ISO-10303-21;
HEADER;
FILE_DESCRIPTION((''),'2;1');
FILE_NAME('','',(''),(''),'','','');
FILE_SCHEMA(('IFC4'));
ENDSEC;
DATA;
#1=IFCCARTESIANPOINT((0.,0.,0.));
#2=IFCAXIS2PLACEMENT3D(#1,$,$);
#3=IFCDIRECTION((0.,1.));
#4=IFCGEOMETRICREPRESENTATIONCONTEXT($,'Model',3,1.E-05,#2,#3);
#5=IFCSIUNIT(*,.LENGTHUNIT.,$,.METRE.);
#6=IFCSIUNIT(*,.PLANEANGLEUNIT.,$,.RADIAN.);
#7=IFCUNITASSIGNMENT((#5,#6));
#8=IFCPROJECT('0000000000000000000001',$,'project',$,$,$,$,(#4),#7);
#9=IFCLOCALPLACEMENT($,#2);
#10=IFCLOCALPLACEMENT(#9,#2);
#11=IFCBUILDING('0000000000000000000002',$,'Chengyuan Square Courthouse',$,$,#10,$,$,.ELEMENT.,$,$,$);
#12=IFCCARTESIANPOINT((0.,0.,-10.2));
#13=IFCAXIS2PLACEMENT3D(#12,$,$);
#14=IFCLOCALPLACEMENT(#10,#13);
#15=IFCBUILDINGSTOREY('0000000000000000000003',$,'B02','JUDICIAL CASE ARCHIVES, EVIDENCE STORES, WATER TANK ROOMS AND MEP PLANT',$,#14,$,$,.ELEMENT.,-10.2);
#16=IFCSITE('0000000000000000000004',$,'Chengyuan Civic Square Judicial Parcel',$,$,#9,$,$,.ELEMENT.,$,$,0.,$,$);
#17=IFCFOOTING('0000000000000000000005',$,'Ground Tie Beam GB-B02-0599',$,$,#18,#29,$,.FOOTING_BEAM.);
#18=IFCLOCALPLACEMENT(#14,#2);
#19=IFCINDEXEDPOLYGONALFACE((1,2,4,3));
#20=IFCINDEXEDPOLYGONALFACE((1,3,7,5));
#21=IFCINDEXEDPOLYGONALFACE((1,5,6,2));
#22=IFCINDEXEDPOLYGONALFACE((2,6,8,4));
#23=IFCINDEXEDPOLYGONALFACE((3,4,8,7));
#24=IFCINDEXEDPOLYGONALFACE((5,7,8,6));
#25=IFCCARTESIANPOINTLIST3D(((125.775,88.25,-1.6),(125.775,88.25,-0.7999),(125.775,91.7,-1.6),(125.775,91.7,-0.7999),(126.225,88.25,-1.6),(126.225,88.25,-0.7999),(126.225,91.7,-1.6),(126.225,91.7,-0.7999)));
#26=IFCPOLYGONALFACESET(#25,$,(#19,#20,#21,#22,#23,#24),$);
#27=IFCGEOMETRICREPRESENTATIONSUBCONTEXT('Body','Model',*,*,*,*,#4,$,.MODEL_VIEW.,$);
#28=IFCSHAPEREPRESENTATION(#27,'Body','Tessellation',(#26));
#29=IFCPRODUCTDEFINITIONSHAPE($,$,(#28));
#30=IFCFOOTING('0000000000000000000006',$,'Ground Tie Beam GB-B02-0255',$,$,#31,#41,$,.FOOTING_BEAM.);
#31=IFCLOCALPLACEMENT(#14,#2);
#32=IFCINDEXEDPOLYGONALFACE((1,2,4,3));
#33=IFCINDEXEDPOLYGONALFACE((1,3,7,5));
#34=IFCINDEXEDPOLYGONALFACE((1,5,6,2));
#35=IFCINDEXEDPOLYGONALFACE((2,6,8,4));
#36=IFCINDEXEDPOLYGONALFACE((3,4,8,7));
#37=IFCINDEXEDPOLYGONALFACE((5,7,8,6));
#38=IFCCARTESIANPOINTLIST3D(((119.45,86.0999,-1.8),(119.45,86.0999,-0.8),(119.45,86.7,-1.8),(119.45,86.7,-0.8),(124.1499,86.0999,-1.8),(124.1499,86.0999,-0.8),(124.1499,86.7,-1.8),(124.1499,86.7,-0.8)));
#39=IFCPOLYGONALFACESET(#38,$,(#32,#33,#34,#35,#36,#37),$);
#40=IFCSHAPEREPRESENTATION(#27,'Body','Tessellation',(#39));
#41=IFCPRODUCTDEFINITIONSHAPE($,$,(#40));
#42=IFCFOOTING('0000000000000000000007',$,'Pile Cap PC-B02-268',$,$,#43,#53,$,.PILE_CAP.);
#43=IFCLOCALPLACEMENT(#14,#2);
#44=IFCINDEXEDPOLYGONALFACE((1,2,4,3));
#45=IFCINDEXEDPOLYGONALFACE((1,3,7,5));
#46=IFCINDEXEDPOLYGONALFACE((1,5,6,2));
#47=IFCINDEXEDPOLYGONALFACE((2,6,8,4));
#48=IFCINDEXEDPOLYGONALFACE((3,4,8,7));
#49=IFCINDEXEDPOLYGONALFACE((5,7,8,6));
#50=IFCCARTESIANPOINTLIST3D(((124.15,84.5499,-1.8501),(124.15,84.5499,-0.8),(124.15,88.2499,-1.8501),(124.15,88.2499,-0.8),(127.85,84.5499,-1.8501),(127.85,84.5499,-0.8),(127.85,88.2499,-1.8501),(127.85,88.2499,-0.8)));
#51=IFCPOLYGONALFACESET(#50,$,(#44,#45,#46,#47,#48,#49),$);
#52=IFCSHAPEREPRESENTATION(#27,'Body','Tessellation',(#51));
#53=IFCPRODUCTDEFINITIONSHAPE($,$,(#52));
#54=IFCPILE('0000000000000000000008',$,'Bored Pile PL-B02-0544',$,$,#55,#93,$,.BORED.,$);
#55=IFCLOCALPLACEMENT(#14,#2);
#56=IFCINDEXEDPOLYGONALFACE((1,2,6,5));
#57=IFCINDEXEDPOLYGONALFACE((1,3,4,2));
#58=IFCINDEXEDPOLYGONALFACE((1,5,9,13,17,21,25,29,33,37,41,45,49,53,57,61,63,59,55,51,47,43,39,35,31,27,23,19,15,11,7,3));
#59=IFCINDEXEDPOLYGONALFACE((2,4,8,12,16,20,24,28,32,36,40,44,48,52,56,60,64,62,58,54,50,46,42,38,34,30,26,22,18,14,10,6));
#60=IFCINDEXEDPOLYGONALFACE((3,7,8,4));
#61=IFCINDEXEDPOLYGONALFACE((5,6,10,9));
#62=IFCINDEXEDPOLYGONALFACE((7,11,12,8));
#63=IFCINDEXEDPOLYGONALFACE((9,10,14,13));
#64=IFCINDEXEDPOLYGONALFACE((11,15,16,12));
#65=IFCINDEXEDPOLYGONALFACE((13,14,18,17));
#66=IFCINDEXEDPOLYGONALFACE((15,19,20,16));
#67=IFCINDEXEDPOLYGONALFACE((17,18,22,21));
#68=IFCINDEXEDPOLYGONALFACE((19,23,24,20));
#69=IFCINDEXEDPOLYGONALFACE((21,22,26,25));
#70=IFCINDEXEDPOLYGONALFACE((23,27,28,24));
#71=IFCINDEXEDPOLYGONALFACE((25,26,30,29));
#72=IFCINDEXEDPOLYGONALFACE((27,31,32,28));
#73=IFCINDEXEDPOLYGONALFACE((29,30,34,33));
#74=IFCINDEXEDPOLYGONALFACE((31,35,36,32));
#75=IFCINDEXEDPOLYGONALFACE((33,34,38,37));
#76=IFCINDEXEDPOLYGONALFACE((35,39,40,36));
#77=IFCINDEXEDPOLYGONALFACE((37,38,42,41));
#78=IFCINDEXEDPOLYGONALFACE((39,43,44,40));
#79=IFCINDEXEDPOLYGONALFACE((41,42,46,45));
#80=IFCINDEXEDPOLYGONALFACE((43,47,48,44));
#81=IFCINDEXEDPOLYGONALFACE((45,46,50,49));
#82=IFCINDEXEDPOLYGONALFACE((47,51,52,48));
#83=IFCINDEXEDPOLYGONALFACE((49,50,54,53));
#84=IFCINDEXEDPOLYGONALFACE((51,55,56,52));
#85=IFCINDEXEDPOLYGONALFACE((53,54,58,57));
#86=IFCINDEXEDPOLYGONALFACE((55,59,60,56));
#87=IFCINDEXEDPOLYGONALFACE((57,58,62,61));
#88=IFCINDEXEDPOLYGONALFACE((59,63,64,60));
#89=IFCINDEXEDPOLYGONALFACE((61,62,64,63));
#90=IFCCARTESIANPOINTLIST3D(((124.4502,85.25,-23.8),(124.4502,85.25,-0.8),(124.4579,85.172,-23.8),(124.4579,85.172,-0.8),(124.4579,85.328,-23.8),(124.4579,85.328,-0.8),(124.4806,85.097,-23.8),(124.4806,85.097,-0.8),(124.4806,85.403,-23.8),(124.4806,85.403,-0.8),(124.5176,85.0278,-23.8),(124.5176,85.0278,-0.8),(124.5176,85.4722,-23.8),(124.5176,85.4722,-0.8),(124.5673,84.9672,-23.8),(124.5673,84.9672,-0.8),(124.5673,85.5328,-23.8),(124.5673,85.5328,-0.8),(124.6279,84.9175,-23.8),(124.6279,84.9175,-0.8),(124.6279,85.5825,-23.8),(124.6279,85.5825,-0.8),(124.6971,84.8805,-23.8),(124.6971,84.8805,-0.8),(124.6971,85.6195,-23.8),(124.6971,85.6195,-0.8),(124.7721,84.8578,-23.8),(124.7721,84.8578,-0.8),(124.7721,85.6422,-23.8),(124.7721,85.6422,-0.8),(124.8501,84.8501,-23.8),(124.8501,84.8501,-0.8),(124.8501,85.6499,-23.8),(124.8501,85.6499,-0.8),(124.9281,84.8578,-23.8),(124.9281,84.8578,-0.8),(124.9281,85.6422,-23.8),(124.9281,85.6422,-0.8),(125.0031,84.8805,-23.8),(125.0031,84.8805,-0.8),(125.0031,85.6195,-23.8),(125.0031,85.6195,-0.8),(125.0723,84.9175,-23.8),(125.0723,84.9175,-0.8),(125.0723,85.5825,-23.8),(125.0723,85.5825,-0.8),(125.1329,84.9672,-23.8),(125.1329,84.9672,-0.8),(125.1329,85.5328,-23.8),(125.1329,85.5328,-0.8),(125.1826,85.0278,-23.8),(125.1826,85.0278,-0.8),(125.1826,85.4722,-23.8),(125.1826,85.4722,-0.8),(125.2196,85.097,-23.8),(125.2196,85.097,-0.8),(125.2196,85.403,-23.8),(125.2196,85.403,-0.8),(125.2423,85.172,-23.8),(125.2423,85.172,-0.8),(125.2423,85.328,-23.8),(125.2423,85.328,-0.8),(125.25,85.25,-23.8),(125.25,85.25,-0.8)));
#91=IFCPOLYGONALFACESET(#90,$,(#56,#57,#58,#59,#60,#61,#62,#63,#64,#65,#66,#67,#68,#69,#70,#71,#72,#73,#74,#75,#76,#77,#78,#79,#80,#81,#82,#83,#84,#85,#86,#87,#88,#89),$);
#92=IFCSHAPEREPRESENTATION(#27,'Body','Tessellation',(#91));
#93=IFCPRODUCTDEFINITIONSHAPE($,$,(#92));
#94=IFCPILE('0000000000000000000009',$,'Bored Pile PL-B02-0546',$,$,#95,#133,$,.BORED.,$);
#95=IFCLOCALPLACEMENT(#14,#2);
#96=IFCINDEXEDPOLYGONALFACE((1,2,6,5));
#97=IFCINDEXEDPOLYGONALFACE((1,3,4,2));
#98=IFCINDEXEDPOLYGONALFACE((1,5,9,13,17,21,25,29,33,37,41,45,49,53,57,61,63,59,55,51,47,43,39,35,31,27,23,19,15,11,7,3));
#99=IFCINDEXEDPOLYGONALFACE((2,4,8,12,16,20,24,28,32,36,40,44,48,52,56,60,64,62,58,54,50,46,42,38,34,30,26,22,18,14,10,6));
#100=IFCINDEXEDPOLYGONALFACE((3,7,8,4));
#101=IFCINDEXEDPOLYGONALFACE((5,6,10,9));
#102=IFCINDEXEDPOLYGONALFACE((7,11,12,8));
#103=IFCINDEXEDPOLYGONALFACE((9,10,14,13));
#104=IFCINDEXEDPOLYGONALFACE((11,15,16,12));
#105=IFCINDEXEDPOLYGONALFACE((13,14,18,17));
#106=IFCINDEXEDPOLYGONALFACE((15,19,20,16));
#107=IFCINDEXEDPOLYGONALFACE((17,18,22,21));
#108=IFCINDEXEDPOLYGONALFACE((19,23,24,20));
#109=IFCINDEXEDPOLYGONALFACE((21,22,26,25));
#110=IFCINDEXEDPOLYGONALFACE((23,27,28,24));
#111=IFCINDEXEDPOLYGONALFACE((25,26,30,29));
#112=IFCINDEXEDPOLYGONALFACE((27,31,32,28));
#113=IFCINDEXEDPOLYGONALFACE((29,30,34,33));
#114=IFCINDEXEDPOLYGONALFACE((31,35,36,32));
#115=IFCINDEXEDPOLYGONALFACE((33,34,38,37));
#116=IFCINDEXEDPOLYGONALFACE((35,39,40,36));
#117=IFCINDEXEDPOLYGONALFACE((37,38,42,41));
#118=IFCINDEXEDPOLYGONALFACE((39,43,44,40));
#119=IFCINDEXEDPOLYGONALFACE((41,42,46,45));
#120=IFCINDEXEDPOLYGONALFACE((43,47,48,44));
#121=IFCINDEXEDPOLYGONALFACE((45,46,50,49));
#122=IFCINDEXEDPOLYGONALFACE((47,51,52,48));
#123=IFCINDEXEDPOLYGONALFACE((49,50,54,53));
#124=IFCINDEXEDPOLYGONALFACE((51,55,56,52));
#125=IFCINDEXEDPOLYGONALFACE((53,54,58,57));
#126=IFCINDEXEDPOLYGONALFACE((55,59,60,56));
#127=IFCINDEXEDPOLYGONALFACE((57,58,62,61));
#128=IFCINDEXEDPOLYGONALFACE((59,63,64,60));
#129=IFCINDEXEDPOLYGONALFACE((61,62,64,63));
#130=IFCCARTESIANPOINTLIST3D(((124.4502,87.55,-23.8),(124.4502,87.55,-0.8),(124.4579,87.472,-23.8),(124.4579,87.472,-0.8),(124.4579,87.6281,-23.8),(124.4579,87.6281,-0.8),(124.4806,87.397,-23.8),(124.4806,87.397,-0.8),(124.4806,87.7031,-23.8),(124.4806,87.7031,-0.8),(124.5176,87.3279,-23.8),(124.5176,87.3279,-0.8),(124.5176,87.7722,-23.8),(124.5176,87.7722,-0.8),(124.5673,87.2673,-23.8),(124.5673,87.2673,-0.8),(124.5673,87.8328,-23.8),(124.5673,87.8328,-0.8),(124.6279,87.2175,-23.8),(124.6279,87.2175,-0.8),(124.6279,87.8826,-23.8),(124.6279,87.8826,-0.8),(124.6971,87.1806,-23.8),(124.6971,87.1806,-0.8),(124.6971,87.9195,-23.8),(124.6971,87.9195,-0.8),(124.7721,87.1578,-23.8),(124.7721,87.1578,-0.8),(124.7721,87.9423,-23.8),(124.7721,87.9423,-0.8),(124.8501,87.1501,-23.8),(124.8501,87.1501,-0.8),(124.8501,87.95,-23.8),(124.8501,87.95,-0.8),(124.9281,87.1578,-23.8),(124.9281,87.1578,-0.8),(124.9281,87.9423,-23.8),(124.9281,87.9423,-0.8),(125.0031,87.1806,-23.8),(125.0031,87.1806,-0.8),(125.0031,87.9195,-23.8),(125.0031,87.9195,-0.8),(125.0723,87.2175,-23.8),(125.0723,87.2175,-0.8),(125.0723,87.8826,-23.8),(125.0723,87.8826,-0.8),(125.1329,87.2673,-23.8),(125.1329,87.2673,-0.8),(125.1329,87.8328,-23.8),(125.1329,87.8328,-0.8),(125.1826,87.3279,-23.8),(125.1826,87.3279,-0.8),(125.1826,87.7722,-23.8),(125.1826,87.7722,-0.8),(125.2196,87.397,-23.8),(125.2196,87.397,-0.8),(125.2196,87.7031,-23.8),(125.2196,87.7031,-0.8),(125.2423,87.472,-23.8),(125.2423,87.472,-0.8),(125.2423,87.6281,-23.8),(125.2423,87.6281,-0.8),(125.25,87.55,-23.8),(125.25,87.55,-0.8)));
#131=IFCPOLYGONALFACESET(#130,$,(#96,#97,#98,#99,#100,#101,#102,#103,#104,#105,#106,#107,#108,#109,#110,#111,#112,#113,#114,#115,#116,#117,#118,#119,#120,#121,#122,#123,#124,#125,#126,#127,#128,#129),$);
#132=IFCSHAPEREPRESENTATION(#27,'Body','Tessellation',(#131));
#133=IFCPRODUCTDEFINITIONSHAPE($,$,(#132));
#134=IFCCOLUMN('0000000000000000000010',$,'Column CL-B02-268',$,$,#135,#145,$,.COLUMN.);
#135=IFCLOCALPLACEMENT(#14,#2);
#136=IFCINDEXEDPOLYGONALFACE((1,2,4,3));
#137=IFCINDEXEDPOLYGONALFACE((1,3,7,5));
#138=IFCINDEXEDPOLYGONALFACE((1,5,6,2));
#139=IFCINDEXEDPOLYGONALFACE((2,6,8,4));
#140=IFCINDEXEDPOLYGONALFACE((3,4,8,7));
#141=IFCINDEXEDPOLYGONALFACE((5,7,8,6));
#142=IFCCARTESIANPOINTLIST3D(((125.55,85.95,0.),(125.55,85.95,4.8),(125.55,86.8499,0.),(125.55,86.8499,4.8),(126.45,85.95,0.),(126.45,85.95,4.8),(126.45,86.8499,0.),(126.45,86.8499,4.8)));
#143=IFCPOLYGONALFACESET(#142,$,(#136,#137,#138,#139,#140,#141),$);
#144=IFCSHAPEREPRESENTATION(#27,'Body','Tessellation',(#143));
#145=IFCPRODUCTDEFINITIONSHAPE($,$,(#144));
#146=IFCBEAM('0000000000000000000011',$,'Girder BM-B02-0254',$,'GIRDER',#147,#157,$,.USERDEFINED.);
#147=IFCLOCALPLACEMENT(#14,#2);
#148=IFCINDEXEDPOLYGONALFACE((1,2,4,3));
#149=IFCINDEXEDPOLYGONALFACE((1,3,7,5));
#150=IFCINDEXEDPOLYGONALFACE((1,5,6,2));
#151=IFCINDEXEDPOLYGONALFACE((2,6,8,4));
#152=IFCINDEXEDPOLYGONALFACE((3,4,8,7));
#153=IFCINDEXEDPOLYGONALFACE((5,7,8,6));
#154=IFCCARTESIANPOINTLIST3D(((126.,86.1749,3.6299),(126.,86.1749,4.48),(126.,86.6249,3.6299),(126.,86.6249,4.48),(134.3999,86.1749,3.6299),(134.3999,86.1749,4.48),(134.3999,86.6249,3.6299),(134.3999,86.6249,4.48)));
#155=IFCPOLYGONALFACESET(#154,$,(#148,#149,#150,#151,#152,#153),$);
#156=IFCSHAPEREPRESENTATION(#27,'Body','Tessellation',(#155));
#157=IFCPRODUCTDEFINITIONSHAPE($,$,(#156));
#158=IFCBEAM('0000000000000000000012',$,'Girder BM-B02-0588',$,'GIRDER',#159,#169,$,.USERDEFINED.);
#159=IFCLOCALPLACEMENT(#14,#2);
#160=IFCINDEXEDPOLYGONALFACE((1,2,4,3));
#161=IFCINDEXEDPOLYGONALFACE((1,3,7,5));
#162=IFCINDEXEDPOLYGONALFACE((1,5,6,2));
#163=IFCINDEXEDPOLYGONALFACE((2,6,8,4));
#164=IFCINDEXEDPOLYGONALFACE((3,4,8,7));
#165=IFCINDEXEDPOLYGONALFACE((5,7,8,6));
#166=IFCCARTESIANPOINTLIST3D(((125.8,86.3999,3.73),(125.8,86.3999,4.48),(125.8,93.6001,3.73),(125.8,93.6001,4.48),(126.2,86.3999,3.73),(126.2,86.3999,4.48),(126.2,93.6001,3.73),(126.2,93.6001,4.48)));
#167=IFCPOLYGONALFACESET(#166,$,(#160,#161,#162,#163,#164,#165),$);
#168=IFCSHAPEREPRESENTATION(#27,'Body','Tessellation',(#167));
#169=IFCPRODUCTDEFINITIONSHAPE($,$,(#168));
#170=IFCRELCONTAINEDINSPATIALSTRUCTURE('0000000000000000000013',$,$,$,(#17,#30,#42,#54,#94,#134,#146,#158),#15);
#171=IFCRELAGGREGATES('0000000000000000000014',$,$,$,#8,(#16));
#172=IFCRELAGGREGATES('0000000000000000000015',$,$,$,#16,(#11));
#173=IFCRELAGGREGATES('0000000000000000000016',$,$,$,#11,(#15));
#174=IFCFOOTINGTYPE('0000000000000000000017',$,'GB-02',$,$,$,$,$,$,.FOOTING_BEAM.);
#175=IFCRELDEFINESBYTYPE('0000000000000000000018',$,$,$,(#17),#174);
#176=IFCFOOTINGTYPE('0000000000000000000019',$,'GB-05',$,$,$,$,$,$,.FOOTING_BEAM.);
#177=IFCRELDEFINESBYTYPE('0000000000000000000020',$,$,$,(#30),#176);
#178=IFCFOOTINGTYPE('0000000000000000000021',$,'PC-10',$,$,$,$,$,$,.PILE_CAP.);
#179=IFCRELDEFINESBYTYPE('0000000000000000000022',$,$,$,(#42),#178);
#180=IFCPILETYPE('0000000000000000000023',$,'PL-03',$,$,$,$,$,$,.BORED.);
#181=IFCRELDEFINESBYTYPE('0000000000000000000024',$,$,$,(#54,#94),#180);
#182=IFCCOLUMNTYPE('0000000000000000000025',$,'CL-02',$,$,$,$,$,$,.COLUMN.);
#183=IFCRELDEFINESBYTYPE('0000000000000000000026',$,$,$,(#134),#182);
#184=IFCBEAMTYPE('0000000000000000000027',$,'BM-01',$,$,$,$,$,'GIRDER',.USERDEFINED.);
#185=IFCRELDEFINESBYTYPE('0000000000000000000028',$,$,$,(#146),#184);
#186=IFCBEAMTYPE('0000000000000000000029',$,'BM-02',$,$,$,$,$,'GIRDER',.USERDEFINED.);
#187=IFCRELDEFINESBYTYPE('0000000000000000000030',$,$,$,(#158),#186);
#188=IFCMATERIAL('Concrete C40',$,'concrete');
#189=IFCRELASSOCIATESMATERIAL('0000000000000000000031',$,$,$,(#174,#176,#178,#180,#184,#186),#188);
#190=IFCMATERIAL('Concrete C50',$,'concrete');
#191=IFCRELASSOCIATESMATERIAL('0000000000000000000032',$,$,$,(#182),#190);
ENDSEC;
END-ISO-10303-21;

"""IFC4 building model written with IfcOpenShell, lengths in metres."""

from ifc_helpers import new_model, si_unit, direction, frame, origin, origin_2d, place, context, subcontext, project, spatial, rectangle, circle, extrude, material, material_profile, profile_set, type_object, element, save


model = new_model("IFC4")

# Units and contexts
model_context = context("Model", 3, precision=1e-05, world=origin(), true_north=direction((0.0, 1.0)))
body_context = subcontext(model_context, "Body", "Model", "MODEL_VIEW")
ifc_project = project(units=[si_unit("LENGTHUNIT", "METRE"), si_unit("PLANEANGLEUNIT", "RADIAN")], contexts=[model_context])

# Site, building, storey
site_placement = place(None, origin())
site = spatial("IfcSite", under=ifc_project, at=site_placement, Name="Chengyuan Civic Square Judicial Parcel", CompositionType="ELEMENT", RefElevation=0.0)
building_placement = place(site_placement, origin())
building = spatial("IfcBuilding", under=site, at=building_placement, Name="Chengyuan Square Courthouse", CompositionType="ELEMENT")
storey_placement = place(building_placement, frame((0.0, 0.0, -10.2)))
storey = spatial("IfcBuildingStorey", under=building, at=storey_placement, Name="B02", Description="JUDICIAL CASE ARCHIVES, EVIDENCE STORES, WATER TANK ROOMS AND MEP PLANT", CompositionType="ELEMENT", Elevation=-10.2)

# Footings
ifc_material_1 = material(Name="Concrete C40", Category="concrete")
ifc_material_profile_1 = material_profile(ifc_material_1, rectangle(XDim=0.45, YDim=0.8, at=origin_2d()), Name="GB-450x800")
ifc_profile_set_1 = profile_set([ifc_material_profile_1], Name="Concrete C40")
footing_type_1 = type_object("IfcFootingType", Name="GB-02", PredefinedType="FOOTING_BEAM", material=ifc_profile_set_1)
footing_1_placement = place(storey_placement, frame((126.0, 88.25, -1.2), z_axis=(0.0, 1.0, 0.0), x_axis=(-1.0, 0.0, 0.0)))
element("IfcFooting", 1, at=footing_1_placement, inside=storey, type_object=footing_type_1, Name="Ground Tie Beam GB-B02-0599", PredefinedType="FOOTING_BEAM", context=body_context, shape_type="SweptSolid", body=[
    extrude(rectangle(XDim=0.45, YDim=0.8, at=origin_2d()), origin(), (0.0, 0.0, 1.0), 3.45),
])
ifc_material_profile_2 = material_profile(ifc_material_1, rectangle(XDim=0.6001, YDim=1.0, at=origin_2d()), Name="GB-600x1000")
ifc_profile_set_2 = profile_set([ifc_material_profile_2], Name="Concrete C40")
footing_type_2 = type_object("IfcFootingType", Name="GB-05", PredefinedType="FOOTING_BEAM", material=ifc_profile_set_2)
footing_2_placement = place(storey_placement, frame((119.45, 86.3999, -1.3), z_axis=(1.0, 0.0, 0.0), x_axis=(0.0, 1.0, 0.0)))
element("IfcFooting", 2, at=footing_2_placement, inside=storey, type_object=footing_type_2, Name="Ground Tie Beam GB-B02-0255", PredefinedType="FOOTING_BEAM", context=body_context, shape_type="SweptSolid", body=[
    extrude(rectangle(XDim=0.6001, YDim=1.0, at=origin_2d()), origin(), (0.0, 0.0, 1.0), 4.7),
])
footing_type_3 = type_object("IfcFootingType", Name="PC-10", PredefinedType="PILE_CAP", material=ifc_material_1)
footing_3_placement = place(storey_placement, frame((126.0, 86.3999, -1.8501), z_axis=(0.0, 0.0, 1.0), x_axis=(1.0, 0.0, 0.0)))
element("IfcFooting", 3, at=footing_3_placement, inside=storey, type_object=footing_type_3, Name="Pile Cap PC-B02-268", PredefinedType="PILE_CAP", context=body_context, shape_type="SweptSolid", body=[
    extrude(rectangle(XDim=3.7, YDim=3.7, at=origin_2d()), origin(), (0.0, 0.0, 1.0), 1.05),
])

# Piles
ifc_material_profile_3 = material_profile(ifc_material_1, circle(Radius=0.3999, at=origin_2d()), Name="BORED PILE D800")
ifc_profile_set_3 = profile_set([ifc_material_profile_3], Name="Concrete C40")
pile_type = type_object("IfcPileType", Name="PL-03", PredefinedType="BORED", material=ifc_profile_set_3)
for number, where, z_axis, x_axis, name in (
    (4, (124.8501, 85.25, -0.8), (0.0, 0.0, -1.0), (1.0, 0.0, 0.0), "Bored Pile PL-B02-0544"),
    (5, (124.8501, 87.55, -0.8), (0.0, 0.0, -1.0), (1.0, 0.0, 0.0), "Bored Pile PL-B02-0546"),
):
    element("IfcPile", number, at=place(storey_placement, frame(where, z_axis=z_axis, x_axis=x_axis)), inside=storey, type_object=pile_type, Name=name, PredefinedType="BORED", context=body_context, shape_type="SweptSolid", body=[
        extrude(circle(Radius=0.3999, at=origin_2d()), origin(), (0.0, 0.0, 1.0), 23.0),
    ])

# Column
ifc_material_2 = material(Name="Concrete C50", Category="concrete")
ifc_material_profile_4 = material_profile(ifc_material_2, rectangle(XDim=0.8999, YDim=0.8999, at=origin_2d()), Name="RC-COL-900x900")
ifc_profile_set_4 = profile_set([ifc_material_profile_4], Name="Concrete C50")
column_type = type_object("IfcColumnType", Name="CL-02", PredefinedType="COLUMN", material=ifc_profile_set_4)
column_placement = place(storey_placement, frame((126.0, 86.3999, 0.0), z_axis=(0.0, 0.0, 1.0), x_axis=(1.0, 0.0, 0.0)))
element("IfcColumn", 6, at=column_placement, inside=storey, type_object=column_type, Name="Column CL-B02-268", PredefinedType="COLUMN", context=body_context, shape_type="SweptSolid", body=[
    extrude(rectangle(XDim=0.8999, YDim=0.8999, at=origin_2d()), origin(), (0.0, 0.0, 1.0), 4.8),
])

# Beams
ifc_material_profile_5 = material_profile(ifc_material_1, rectangle(XDim=0.45, YDim=0.8501, at=origin_2d()), Name="RC-BM-450x850")
ifc_profile_set_5 = profile_set([ifc_material_profile_5], Name="Concrete C40")
beam_type_1 = type_object("IfcBeamType", Name="BM-01", ElementType="GIRDER", PredefinedType="USERDEFINED", material=ifc_profile_set_5)
beam_1_placement = place(storey_placement, frame((126.0, 86.3999, 4.0549), z_axis=(1.0, 0.0, 0.0), x_axis=(0.0, 1.0, 0.0)))
element("IfcBeam", 7, at=beam_1_placement, inside=storey, type_object=beam_type_1, Name="Girder BM-B02-0254", ObjectType="GIRDER", PredefinedType="USERDEFINED", context=body_context, shape_type="SweptSolid", body=[
    extrude(rectangle(XDim=0.45, YDim=0.8501, at=origin_2d()), origin(), (0.0, 0.0, 1.0), 8.3999),
])
ifc_material_profile_6 = material_profile(ifc_material_1, rectangle(XDim=0.3999, YDim=0.75, at=origin_2d()), Name="RC-BM-400x750")
ifc_profile_set_6 = profile_set([ifc_material_profile_6], Name="Concrete C40")
beam_type_2 = type_object("IfcBeamType", Name="BM-02", ElementType="GIRDER", PredefinedType="USERDEFINED", material=ifc_profile_set_6)
beam_2_placement = place(storey_placement, frame((126.0, 86.3999, 4.105), z_axis=(0.0, 1.0, 0.0), x_axis=(-1.0, 0.0, 0.0)))
element("IfcBeam", 8, at=beam_2_placement, inside=storey, type_object=beam_type_2, Name="Girder BM-B02-0588", ObjectType="GIRDER", PredefinedType="USERDEFINED", context=body_context, shape_type="SweptSolid", body=[
    extrude(rectangle(XDim=0.3999, YDim=0.75, at=origin_2d()), origin(), (0.0, 0.0, 1.0), 7.2002),
])

save(model, "model.ifc")
